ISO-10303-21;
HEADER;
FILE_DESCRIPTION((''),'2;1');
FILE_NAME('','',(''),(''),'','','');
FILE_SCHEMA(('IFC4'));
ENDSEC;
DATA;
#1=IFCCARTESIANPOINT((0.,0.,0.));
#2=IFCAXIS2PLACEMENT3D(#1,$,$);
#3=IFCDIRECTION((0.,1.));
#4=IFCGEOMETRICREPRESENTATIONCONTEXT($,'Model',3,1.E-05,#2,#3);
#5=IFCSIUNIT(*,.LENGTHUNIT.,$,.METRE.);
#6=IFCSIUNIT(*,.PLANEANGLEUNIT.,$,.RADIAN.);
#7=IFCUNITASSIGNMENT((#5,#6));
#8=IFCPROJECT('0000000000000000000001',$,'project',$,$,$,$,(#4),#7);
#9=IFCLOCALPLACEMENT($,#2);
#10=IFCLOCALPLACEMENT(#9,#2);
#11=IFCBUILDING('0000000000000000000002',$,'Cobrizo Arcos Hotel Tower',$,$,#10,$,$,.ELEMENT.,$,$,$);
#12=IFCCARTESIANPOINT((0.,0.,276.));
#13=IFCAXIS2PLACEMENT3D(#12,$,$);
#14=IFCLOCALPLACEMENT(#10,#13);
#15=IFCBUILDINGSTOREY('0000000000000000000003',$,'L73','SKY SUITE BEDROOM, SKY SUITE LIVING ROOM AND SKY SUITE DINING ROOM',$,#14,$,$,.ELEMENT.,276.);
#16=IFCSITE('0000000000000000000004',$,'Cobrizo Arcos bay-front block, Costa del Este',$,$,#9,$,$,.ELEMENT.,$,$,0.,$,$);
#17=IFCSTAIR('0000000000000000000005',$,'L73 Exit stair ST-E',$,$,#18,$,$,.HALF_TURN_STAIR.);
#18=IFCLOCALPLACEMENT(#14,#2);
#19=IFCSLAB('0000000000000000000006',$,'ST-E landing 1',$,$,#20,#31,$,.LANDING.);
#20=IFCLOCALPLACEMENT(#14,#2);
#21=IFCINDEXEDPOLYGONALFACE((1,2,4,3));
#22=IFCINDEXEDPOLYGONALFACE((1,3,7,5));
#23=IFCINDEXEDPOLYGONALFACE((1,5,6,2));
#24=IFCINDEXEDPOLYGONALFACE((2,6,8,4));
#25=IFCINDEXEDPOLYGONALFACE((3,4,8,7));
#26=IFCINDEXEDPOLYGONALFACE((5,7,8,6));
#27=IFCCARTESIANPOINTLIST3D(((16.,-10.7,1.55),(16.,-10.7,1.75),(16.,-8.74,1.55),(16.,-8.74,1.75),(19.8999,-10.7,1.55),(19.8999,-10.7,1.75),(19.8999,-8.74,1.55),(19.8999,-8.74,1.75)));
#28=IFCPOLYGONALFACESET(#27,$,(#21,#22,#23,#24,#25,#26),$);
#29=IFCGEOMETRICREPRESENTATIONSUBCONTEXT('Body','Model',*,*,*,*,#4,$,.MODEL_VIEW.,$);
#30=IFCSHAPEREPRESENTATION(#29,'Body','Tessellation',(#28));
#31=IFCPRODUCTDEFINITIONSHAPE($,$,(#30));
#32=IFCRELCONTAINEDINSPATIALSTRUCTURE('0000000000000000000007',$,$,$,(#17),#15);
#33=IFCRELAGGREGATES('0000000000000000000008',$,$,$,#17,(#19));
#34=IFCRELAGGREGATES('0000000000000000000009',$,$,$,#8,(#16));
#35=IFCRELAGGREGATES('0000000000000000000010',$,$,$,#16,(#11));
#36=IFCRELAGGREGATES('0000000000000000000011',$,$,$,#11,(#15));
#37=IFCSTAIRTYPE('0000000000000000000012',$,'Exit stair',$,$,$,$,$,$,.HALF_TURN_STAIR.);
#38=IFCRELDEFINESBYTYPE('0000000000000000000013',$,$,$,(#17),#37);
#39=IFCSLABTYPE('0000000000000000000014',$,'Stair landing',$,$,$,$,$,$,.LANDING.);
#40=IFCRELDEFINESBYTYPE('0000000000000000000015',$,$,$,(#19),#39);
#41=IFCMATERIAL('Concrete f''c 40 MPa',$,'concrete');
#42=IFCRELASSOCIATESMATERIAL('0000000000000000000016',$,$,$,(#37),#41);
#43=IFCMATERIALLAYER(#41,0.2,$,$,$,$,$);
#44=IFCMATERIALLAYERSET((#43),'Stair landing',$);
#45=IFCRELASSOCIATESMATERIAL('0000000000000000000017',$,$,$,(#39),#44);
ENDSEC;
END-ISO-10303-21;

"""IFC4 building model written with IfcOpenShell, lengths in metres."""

from ifc_helpers import new_model, si_unit, direction, frame, origin, place, context, subcontext, project, spatial, polyline, outline, extrude, material, layer, layer_set, type_object, element, aggregate, save


model = new_model("IFC4")

# Units and contexts
model_context = context("Model", 3, precision=1e-05, world=origin(), true_north=direction((0.0, 1.0)))
body_context = subcontext(model_context, "Body", "Model", "MODEL_VIEW")
ifc_project = project(units=[si_unit("LENGTHUNIT", "METRE"), si_unit("PLANEANGLEUNIT", "RADIAN")], contexts=[model_context])

# Site, building, storey
site_placement = place(None, origin())
site = spatial("IfcSite", under=ifc_project, at=site_placement, Name="Cobrizo Arcos bay-front block, Costa del Este", CompositionType="ELEMENT", RefElevation=0.0)
building_placement = place(site_placement, origin())
building = spatial("IfcBuilding", under=site, at=building_placement, Name="Cobrizo Arcos Hotel Tower", CompositionType="ELEMENT")
storey_placement = place(building_placement, frame((0.0, 0.0, 276.0)))
storey = spatial("IfcBuildingStorey", under=building, at=storey_placement, Name="L73", Description="SKY SUITE BEDROOM, SKY SUITE LIVING ROOM AND SKY SUITE DINING ROOM", CompositionType="ELEMENT", Elevation=276.0)

# Stair, slab
ifc_material_1 = material(Name="Concrete f'c 40 MPa", Category="concrete")
stair_type = type_object("IfcStairType", Name="Exit stair", PredefinedType="HALF_TURN_STAIR", material=ifc_material_1)
ifc_layer_1 = layer(ifc_material_1, 0.2)
ifc_layer_set_1 = layer_set([ifc_layer_1], Name="Stair landing")
slab_type_1 = type_object("IfcSlabType", Name="Stair landing", PredefinedType="LANDING", material=ifc_layer_set_1)
stair_1_placement = place(storey_placement, origin())
stair_1 = element("IfcStair", 1, at=stair_1_placement, inside=storey, type_object=stair_type, Name="L73 Exit stair ST-E", PredefinedType="HALF_TURN_STAIR")
slab_1_placement = place(storey_placement, frame((0.0, 0.0, 1.55)))
slab_1 = element("IfcSlab", 2, at=slab_1_placement, type_object=slab_type_1, Name="ST-E landing 1", PredefinedType="LANDING", context=body_context, shape_type="SweptSolid", body=[
    extrude(outline(polyline([(16.0, -8.74), (16.0, -10.7), (19.8999, -10.7), (19.8999, -8.74), (16.0, -8.74)])), origin(), (0.0, 0.0, 1.0), 0.2),
])
aggregate(stair_1, [slab_1])

save(model, "model.ifc")
